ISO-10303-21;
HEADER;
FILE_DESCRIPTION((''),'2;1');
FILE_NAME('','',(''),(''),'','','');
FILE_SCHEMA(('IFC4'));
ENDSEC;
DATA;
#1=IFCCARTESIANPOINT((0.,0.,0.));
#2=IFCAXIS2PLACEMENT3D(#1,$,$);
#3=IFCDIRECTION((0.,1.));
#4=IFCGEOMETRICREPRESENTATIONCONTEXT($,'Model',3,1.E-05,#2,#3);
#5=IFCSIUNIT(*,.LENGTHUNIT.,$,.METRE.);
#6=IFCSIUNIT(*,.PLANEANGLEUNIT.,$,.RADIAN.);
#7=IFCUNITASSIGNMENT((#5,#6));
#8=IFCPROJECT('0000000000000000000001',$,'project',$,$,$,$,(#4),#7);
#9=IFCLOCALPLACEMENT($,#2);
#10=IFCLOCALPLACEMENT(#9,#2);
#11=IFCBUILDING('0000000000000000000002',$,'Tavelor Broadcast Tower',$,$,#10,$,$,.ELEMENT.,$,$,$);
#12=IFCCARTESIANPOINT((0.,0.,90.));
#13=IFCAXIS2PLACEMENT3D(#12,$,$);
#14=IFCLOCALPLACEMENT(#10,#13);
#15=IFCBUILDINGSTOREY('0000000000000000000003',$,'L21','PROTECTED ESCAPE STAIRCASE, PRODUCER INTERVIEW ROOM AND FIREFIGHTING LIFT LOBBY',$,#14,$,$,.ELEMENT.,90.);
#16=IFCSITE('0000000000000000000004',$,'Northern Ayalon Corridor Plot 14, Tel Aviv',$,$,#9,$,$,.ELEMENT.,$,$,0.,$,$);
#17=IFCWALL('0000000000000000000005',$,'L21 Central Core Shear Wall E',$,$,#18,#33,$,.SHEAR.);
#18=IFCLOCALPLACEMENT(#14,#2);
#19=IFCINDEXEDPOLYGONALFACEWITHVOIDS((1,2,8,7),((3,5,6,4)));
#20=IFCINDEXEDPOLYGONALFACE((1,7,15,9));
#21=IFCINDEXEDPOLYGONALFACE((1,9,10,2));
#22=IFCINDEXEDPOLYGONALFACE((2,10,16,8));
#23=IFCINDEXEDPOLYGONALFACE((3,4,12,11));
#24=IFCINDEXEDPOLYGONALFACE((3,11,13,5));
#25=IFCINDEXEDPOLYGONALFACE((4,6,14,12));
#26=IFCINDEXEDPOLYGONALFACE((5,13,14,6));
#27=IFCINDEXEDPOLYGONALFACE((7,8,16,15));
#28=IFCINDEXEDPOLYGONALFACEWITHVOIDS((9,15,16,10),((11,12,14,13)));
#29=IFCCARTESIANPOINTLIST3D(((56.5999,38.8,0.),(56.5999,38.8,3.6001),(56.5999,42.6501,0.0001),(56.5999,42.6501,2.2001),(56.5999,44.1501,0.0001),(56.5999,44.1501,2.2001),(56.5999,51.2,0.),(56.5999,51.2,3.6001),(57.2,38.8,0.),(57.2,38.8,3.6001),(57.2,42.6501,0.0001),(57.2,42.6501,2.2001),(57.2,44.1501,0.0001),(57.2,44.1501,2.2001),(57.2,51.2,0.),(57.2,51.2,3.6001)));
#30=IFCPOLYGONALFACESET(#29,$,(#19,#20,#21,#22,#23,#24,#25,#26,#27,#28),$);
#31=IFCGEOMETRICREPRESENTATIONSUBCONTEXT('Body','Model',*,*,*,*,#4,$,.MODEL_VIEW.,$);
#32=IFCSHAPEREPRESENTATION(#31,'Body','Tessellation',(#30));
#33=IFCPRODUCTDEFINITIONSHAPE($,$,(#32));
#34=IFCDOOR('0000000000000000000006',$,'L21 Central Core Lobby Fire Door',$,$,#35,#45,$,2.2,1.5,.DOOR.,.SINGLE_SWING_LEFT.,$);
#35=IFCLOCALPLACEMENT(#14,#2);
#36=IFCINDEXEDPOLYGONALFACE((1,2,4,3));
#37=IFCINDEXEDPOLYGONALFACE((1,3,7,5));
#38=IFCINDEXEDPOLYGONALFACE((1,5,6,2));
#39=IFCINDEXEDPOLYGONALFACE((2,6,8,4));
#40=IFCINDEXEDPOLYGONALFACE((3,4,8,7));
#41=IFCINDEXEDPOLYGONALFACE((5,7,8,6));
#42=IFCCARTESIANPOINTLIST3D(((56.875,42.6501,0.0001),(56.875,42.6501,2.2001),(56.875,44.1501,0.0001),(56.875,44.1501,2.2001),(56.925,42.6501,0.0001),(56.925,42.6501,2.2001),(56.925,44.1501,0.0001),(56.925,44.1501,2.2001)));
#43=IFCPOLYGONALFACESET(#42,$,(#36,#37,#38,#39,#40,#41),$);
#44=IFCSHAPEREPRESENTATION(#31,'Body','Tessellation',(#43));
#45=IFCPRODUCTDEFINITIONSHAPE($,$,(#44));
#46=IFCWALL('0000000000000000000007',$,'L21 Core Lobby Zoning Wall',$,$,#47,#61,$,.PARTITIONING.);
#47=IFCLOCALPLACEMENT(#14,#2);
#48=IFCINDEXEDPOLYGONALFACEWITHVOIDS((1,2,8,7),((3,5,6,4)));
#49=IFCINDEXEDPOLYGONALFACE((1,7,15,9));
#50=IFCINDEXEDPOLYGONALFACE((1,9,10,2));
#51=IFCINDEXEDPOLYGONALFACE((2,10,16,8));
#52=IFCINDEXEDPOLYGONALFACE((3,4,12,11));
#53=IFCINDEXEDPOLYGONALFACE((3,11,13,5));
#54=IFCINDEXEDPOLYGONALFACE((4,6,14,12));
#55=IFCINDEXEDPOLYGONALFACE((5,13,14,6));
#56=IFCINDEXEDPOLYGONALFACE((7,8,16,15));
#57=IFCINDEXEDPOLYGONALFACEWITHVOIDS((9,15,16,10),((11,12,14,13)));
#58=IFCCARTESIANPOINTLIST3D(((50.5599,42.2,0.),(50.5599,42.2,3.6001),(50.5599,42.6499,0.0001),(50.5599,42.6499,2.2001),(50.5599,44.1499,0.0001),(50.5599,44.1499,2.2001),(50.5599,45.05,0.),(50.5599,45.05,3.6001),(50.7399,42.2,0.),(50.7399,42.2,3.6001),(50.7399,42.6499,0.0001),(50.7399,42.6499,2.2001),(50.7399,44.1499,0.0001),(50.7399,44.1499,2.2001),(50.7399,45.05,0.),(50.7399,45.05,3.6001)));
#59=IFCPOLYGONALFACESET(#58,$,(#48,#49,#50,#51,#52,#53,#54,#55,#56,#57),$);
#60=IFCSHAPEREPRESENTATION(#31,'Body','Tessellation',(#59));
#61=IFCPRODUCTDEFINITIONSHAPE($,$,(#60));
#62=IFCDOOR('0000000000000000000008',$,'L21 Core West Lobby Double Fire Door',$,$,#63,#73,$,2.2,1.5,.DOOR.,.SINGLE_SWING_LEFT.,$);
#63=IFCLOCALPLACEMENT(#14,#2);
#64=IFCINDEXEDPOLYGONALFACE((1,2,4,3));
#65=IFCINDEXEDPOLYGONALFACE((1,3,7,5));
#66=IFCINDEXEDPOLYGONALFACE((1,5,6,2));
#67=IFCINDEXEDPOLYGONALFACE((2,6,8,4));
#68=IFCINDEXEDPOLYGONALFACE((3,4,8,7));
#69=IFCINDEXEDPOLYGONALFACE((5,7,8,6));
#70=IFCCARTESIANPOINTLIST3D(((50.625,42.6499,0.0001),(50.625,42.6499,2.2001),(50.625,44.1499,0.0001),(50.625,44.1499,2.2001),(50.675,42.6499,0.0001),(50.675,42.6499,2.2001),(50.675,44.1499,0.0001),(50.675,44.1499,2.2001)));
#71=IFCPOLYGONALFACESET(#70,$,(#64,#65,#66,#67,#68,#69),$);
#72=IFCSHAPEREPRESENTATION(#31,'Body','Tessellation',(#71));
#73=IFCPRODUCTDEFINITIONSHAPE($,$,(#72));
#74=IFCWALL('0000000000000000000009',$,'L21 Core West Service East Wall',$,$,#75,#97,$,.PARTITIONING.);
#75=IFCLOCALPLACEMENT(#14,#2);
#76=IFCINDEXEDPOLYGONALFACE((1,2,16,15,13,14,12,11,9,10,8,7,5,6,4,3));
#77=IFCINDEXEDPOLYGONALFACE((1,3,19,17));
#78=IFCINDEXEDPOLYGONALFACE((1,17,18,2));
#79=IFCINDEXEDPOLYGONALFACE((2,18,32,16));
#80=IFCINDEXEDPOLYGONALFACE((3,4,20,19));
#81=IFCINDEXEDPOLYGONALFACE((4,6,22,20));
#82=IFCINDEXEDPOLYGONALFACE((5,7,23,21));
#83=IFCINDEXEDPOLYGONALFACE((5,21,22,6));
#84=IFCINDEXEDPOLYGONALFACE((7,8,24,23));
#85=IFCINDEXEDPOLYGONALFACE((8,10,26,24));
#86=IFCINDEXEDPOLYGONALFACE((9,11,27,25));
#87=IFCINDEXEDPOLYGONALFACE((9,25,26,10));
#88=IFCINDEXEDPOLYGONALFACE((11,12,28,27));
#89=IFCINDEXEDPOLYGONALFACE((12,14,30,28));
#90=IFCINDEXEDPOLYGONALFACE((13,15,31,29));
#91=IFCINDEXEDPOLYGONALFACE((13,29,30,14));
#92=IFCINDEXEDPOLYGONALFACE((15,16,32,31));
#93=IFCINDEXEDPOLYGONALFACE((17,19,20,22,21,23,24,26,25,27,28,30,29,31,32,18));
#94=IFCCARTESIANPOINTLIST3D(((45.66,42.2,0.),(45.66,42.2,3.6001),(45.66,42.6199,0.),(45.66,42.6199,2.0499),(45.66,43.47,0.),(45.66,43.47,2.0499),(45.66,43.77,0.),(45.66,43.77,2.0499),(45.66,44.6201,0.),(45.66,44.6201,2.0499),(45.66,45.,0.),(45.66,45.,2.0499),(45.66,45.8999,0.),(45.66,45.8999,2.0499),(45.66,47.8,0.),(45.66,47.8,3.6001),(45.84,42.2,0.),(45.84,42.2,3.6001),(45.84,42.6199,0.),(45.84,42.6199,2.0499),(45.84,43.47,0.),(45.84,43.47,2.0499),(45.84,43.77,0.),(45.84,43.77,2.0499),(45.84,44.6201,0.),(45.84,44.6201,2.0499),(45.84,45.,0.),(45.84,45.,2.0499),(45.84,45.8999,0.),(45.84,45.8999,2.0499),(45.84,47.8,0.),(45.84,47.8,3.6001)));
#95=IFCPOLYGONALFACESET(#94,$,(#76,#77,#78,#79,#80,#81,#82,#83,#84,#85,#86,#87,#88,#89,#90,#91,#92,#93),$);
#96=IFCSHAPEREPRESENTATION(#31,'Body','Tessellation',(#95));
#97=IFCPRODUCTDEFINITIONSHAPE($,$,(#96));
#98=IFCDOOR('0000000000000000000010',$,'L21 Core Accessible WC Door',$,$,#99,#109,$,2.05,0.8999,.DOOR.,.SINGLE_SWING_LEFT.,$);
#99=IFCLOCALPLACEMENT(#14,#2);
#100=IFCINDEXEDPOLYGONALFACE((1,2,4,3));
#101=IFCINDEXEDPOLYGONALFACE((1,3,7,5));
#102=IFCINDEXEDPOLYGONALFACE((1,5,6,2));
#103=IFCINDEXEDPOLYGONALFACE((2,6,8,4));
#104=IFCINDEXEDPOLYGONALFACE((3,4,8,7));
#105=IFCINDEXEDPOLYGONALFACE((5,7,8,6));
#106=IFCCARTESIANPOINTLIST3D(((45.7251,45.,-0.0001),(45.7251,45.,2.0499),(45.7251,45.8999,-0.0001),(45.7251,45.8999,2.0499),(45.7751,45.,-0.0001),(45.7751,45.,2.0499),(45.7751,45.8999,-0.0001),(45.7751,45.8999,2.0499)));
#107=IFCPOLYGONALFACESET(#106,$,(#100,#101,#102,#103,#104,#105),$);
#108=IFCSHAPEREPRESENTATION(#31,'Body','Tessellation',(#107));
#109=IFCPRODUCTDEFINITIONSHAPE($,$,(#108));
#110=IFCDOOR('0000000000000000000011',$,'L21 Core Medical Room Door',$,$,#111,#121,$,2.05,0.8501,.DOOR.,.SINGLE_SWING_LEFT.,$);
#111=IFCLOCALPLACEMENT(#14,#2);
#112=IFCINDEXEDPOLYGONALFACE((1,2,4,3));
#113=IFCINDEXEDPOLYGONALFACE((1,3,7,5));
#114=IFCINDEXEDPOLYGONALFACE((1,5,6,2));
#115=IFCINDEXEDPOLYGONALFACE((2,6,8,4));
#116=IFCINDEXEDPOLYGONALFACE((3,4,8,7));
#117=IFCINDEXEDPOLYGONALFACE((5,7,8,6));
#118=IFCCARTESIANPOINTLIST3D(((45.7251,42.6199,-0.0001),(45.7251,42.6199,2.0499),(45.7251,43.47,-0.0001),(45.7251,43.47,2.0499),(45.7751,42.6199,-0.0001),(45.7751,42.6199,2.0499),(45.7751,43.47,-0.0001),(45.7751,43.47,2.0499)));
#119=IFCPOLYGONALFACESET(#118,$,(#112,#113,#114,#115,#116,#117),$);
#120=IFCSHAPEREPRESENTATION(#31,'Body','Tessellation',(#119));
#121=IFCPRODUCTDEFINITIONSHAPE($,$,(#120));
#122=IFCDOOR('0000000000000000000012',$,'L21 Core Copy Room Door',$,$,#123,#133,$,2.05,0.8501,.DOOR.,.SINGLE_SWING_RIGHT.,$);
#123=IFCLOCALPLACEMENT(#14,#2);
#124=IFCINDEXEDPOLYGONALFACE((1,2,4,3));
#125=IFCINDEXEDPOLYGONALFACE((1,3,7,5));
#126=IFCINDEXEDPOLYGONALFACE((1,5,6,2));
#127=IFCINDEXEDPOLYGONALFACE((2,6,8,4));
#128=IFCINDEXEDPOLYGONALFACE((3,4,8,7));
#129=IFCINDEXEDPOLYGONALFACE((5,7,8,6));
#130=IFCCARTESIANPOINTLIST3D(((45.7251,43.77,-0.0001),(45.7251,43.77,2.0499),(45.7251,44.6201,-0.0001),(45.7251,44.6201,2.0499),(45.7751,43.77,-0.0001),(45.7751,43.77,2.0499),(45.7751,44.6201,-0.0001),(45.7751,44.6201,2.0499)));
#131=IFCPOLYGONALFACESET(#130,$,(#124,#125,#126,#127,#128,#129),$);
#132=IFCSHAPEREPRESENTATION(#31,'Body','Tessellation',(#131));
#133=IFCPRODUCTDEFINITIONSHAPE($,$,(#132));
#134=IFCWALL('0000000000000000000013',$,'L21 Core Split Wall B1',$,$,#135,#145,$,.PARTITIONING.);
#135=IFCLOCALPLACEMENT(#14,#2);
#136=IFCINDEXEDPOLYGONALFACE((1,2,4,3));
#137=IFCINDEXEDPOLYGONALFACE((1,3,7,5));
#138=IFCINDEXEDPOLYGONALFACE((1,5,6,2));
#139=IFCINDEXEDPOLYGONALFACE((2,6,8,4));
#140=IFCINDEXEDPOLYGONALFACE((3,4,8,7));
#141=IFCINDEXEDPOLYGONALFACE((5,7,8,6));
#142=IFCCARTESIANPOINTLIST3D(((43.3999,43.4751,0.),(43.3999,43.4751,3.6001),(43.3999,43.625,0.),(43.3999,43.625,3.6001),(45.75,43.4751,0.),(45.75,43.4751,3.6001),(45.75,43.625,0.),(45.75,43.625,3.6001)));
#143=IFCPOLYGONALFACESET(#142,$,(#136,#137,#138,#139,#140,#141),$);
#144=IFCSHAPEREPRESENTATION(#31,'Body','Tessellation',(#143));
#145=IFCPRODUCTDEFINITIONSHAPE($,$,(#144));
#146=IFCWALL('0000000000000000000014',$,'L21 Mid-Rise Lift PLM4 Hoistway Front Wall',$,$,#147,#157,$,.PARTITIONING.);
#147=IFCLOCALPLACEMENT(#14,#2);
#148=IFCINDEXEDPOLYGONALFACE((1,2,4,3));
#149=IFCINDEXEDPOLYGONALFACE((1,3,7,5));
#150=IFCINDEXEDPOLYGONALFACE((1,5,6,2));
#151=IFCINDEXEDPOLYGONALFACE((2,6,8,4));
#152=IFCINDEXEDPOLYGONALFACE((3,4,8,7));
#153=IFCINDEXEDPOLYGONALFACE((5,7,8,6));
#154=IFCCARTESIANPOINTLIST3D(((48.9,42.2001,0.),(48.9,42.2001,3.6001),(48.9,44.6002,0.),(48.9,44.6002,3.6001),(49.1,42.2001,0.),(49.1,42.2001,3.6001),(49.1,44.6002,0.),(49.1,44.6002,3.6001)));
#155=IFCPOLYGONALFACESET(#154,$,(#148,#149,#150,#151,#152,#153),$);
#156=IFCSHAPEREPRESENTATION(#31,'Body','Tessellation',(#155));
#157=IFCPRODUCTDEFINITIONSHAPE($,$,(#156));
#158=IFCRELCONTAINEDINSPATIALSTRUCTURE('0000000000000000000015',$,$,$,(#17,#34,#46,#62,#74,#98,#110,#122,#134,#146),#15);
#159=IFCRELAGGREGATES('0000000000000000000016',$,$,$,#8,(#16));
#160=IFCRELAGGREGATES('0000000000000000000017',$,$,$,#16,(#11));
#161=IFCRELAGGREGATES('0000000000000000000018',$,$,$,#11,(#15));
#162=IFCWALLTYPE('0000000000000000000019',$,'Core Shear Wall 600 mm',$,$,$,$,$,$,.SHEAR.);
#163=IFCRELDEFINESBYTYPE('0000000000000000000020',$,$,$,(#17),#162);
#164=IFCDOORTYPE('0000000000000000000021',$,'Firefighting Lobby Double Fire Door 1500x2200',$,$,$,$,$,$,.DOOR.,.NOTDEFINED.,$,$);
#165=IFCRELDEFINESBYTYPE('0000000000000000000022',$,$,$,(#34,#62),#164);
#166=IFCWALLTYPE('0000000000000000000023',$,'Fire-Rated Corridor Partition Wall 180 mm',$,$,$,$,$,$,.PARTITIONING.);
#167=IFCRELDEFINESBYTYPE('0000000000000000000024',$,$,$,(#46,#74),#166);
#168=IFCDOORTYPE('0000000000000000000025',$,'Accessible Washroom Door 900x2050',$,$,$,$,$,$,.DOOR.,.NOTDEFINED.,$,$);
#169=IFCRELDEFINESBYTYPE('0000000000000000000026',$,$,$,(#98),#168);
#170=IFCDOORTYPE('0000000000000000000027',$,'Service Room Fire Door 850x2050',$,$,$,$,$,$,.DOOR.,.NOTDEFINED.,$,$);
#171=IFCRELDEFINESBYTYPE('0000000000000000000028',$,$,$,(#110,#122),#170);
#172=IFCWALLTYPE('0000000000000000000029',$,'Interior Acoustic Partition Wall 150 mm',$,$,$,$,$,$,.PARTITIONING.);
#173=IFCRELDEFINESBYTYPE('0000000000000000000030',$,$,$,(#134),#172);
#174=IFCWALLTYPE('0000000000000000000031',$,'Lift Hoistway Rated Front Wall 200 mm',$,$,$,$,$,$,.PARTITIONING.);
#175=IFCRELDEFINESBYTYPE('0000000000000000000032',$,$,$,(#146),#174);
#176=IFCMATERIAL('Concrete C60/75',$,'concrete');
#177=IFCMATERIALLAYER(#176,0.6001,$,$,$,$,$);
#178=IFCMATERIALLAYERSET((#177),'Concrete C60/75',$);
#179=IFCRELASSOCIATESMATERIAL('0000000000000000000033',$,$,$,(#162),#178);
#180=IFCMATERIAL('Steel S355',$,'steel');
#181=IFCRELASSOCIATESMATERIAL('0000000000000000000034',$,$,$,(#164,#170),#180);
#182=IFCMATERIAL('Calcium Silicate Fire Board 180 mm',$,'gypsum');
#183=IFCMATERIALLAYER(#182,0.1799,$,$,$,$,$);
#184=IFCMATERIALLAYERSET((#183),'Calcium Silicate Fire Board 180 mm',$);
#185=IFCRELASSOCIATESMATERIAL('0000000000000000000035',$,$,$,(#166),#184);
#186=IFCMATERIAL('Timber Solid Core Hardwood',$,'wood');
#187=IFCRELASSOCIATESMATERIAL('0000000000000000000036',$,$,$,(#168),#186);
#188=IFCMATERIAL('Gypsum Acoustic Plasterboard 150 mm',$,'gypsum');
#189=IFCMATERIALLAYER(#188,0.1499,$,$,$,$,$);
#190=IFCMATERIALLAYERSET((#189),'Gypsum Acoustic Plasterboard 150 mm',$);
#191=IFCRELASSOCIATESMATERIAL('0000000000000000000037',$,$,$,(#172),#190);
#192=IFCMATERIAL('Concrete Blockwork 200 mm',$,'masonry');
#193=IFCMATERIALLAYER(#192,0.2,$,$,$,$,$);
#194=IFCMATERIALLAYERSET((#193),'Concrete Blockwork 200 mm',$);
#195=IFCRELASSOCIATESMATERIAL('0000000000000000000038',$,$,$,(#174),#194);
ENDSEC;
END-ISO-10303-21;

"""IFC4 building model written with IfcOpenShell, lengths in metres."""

from ifc_helpers import new_model, si_unit, direction, frame, frame_2d, origin, place, context, subcontext, project, spatial, rectangle, extrude, material, layer, layer_set, type_object, element, fill, save


model = new_model("IFC4")

# Units and contexts
model_context = context("Model", 3, precision=1e-05, world=origin(), true_north=direction((0.0, 1.0)))
body_context = subcontext(model_context, "Body", "Model", "MODEL_VIEW")
ifc_project = project(units=[si_unit("LENGTHUNIT", "METRE"), si_unit("PLANEANGLEUNIT", "RADIAN")], contexts=[model_context])

# Site, building, storey
site_placement = place(None, origin())
site = spatial("IfcSite", under=ifc_project, at=site_placement, Name="Northern Ayalon Corridor Plot 14, Tel Aviv", CompositionType="ELEMENT", RefElevation=0.0)
building_placement = place(site_placement, origin())
building = spatial("IfcBuilding", under=site, at=building_placement, Name="Tavelor Broadcast Tower", CompositionType="ELEMENT")
storey_placement = place(building_placement, frame((0.0, 0.0, 90.0)))
storey = spatial("IfcBuildingStorey", under=building, at=storey_placement, Name="L21", Description="PROTECTED ESCAPE STAIRCASE, PRODUCER INTERVIEW ROOM AND FIREFIGHTING LIFT LOBBY", CompositionType="ELEMENT", Elevation=90.0)

# Shared definitions
ifc_material_1 = material(Name="Concrete C60/75", Category="concrete")

# Shared definitions
ifc_material_2 = material(Name="Steel S355", Category="steel")

# Walls, openings, doors
ifc_layer_1 = layer(ifc_material_1, 0.6001)
ifc_layer_set_1 = layer_set([ifc_layer_1], Name="Concrete C60/75")
wall_type_1 = type_object("IfcWallType", Name="Core Shear Wall 600 mm", PredefinedType="SHEAR", material=ifc_layer_set_1)
wall_1_placement = place(storey_placement, frame((56.8999, 38.8, 0.0), z_axis=(0.0, 0.0, 1.0), x_axis=(0.0, 1.0, 0.0)))
wall_1 = element("IfcWall", 1, at=wall_1_placement, inside=storey, type_object=wall_type_1, Name="L21 Central Core Shear Wall E", PredefinedType="SHEAR", context=body_context, shape_type="SweptSolid", body=[
    extrude(rectangle(XDim=12.3999, YDim=0.6001, at=frame_2d((6.2, 0.0))), origin(), (0.0, 0.0, 1.0), 3.6001),
])
opening_1_placement = place(wall_1_placement, frame((3.8501, 0.0, 0.0)))
opening_1 = element("IfcOpeningElement", 2, at=opening_1_placement, cuts=wall_1, PredefinedType="OPENING", context=body_context, shape_type="SweptSolid", body=[
    extrude(rectangle(XDim=1.5, YDim=2.2, at=frame_2d((0.75, 1.1001))), frame((0.0, 0.3101, 0.0), z_axis=(0.0, -1.0, 0.0), x_axis=(1.0, 0.0, 0.0)), (0.0, 0.0, 1.0), 0.6201),
])
door_type_1 = type_object("IfcDoorType", Name="Firefighting Lobby Double Fire Door 1500x2200", OperationType="NOTDEFINED", PredefinedType="DOOR", material=ifc_material_2)
door_1_placement = place(opening_1_placement, origin())
door_1 = element("IfcDoor", 3, at=door_1_placement, inside=storey, type_object=door_type_1, Name="L21 Central Core Lobby Fire Door", OperationType="SINGLE_SWING_LEFT", OverallHeight=2.2, OverallWidth=1.5, PredefinedType="DOOR", context=body_context, shape_type="SweptSolid", body=[
    extrude(rectangle(XDim=1.5, YDim=2.2, at=frame_2d((0.75, 1.1001))), frame((0.0, 0.0249, 0.0), z_axis=(0.0, -1.0, 0.0), x_axis=(1.0, 0.0, 0.0)), (0.0, 0.0, 1.0), 0.05),
])
fill(opening_1, door_1)
ifc_material_3 = material(Name="Calcium Silicate Fire Board 180 mm", Category="gypsum")
ifc_layer_2 = layer(ifc_material_3, 0.1799)
ifc_layer_set_2 = layer_set([ifc_layer_2], Name="Calcium Silicate Fire Board 180 mm")
wall_type_2 = type_object("IfcWallType", Name="Fire-Rated Corridor Partition Wall 180 mm", PredefinedType="PARTITIONING", material=ifc_layer_set_2)
wall_2_placement = place(storey_placement, frame((50.6499, 42.2, 0.0), z_axis=(0.0, 0.0, 1.0), x_axis=(0.0, 1.0, 0.0)))
wall_2 = element("IfcWall", 4, at=wall_2_placement, inside=storey, type_object=wall_type_2, Name="L21 Core Lobby Zoning Wall", PredefinedType="PARTITIONING", context=body_context, shape_type="SweptSolid", body=[
    extrude(rectangle(XDim=2.8501, YDim=0.1799, at=frame_2d((1.425, 0.0))), origin(), (0.0, 0.0, 1.0), 3.6001),
])
opening_2_placement = place(wall_2_placement, frame((0.45, 0.0, 0.0)))
opening_2 = element("IfcOpeningElement", 5, at=opening_2_placement, cuts=wall_2, PredefinedType="OPENING", context=body_context, shape_type="SweptSolid", body=[
    extrude(rectangle(XDim=1.5, YDim=2.2, at=frame_2d((0.75, 1.1001))), frame((0.0, 0.1001, 0.0), z_axis=(0.0, -1.0, 0.0), x_axis=(1.0, 0.0, 0.0)), (0.0, 0.0, 1.0), 0.2),
])
door_2_placement = place(opening_2_placement, origin())
door_2 = element("IfcDoor", 6, at=door_2_placement, inside=storey, type_object=door_type_1, Name="L21 Core West Lobby Double Fire Door", OperationType="SINGLE_SWING_LEFT", OverallHeight=2.2, OverallWidth=1.5, PredefinedType="DOOR", context=body_context, shape_type="SweptSolid", body=[
    extrude(rectangle(XDim=1.5, YDim=2.2, at=frame_2d((0.75, 1.1001))), frame((0.0, 0.0249, 0.0), z_axis=(0.0, -1.0, 0.0), x_axis=(1.0, 0.0, 0.0)), (0.0, 0.0, 1.0), 0.05),
])
fill(opening_2, door_2)

# Wall, openings, doors
wall_3_placement = place(storey_placement, frame((45.75, 42.2, 0.0), z_axis=(0.0, 0.0, 1.0), x_axis=(0.0, 1.0, 0.0)))
wall_3 = element("IfcWall", 7, at=wall_3_placement, inside=storey, type_object=wall_type_2, Name="L21 Core West Service East Wall", PredefinedType="PARTITIONING", context=body_context, shape_type="SweptSolid", body=[
    extrude(rectangle(XDim=5.6001, YDim=0.1799, at=frame_2d((2.8, 0.0))), origin(), (0.0, 0.0, 1.0), 3.6001),
])
opening_3_placement = place(wall_3_placement, frame((0.4199, 0.0, 0.0)))
opening_3 = element("IfcOpeningElement", 8, at=opening_3_placement, cuts=wall_3, PredefinedType="OPENING", context=body_context, shape_type="SweptSolid", body=[
    extrude(rectangle(XDim=0.8501, YDim=2.05, at=frame_2d((0.425, 1.0249))), frame((0.0, 0.1001, 0.0), z_axis=(0.0, -1.0, 0.0), x_axis=(1.0, 0.0, 0.0)), (0.0, 0.0, 1.0), 0.2),
])
opening_4_placement = place(wall_3_placement, frame((1.5701, 0.0, 0.0)))
opening_4 = element("IfcOpeningElement", 9, at=opening_4_placement, cuts=wall_3, PredefinedType="OPENING", context=body_context, shape_type="SweptSolid", body=[
    extrude(rectangle(XDim=0.8501, YDim=2.05, at=frame_2d((0.425, 1.0249))), frame((0.0, 0.1001, 0.0), z_axis=(0.0, -1.0, 0.0), x_axis=(1.0, 0.0, 0.0)), (0.0, 0.0, 1.0), 0.2),
])
opening_5_placement = place(wall_3_placement, frame((2.8, 0.0, 0.0)))
opening_5 = element("IfcOpeningElement", 10, at=opening_5_placement, cuts=wall_3, PredefinedType="OPENING", context=body_context, shape_type="SweptSolid", body=[
    extrude(rectangle(XDim=0.8999, YDim=2.05, at=frame_2d((0.45, 1.0249))), frame((0.0, 0.1001, 0.0), z_axis=(0.0, -1.0, 0.0), x_axis=(1.0, 0.0, 0.0)), (0.0, 0.0, 1.0), 0.2),
])
ifc_material_4 = material(Name="Timber Solid Core Hardwood", Category="wood")
door_type_2 = type_object("IfcDoorType", Name="Accessible Washroom Door 900x2050", OperationType="NOTDEFINED", PredefinedType="DOOR", material=ifc_material_4)
door_3_placement = place(opening_5_placement, origin())
door_3 = element("IfcDoor", 11, at=door_3_placement, inside=storey, type_object=door_type_2, Name="L21 Core Accessible WC Door", OperationType="SINGLE_SWING_LEFT", OverallHeight=2.05, OverallWidth=0.8999, PredefinedType="DOOR", context=body_context, shape_type="SweptSolid", body=[
    extrude(rectangle(XDim=0.8999, YDim=2.05, at=frame_2d((0.45, 1.0249))), frame((0.0, 0.0249, 0.0), z_axis=(0.0, -1.0, 0.0), x_axis=(1.0, 0.0, 0.0)), (0.0, 0.0, 1.0), 0.05),
])
fill(opening_5, door_3)
door_type_3 = type_object("IfcDoorType", Name="Service Room Fire Door 850x2050", OperationType="NOTDEFINED", PredefinedType="DOOR", material=ifc_material_2)
door_4_placement = place(opening_3_placement, origin())
door_4 = element("IfcDoor", 12, at=door_4_placement, inside=storey, type_object=door_type_3, Name="L21 Core Medical Room Door", OperationType="SINGLE_SWING_LEFT", OverallHeight=2.05, OverallWidth=0.8501, PredefinedType="DOOR", context=body_context, shape_type="SweptSolid", body=[
    extrude(rectangle(XDim=0.8501, YDim=2.05, at=frame_2d((0.425, 1.0249))), frame((0.0, 0.0249, 0.0), z_axis=(0.0, -1.0, 0.0), x_axis=(1.0, 0.0, 0.0)), (0.0, 0.0, 1.0), 0.05),
])
fill(opening_3, door_4)
door_5_placement = place(opening_4_placement, origin())
door_5 = element("IfcDoor", 13, at=door_5_placement, inside=storey, type_object=door_type_3, Name="L21 Core Copy Room Door", OperationType="SINGLE_SWING_RIGHT", OverallHeight=2.05, OverallWidth=0.8501, PredefinedType="DOOR", context=body_context, shape_type="SweptSolid", body=[
    extrude(rectangle(XDim=0.8501, YDim=2.05, at=frame_2d((0.425, 1.0249))), frame((0.0, 0.0249, 0.0), z_axis=(0.0, -1.0, 0.0), x_axis=(1.0, 0.0, 0.0)), (0.0, 0.0, 1.0), 0.05),
])
fill(opening_4, door_5)

# Walls
ifc_material_5 = material(Name="Gypsum Acoustic Plasterboard 150 mm", Category="gypsum")
ifc_layer_3 = layer(ifc_material_5, 0.1499)
ifc_layer_set_3 = layer_set([ifc_layer_3], Name="Gypsum Acoustic Plasterboard 150 mm")
wall_type_3 = type_object("IfcWallType", Name="Interior Acoustic Partition Wall 150 mm", PredefinedType="PARTITIONING", material=ifc_layer_set_3)
wall_4_placement = place(storey_placement, frame((43.3999, 43.55, 0.0), z_axis=(0.0, 0.0, 1.0), x_axis=(1.0, 0.0, 0.0)))
element("IfcWall", 14, at=wall_4_placement, inside=storey, type_object=wall_type_3, Name="L21 Core Split Wall B1", PredefinedType="PARTITIONING", context=body_context, shape_type="SweptSolid", body=[
    extrude(rectangle(XDim=2.3501, YDim=0.1499, at=frame_2d((1.175, 0.0))), origin(), (0.0, 0.0, 1.0), 3.6001),
])
ifc_material_6 = material(Name="Concrete Blockwork 200 mm", Category="masonry")
ifc_layer_4 = layer(ifc_material_6, 0.2)
ifc_layer_set_4 = layer_set([ifc_layer_4], Name="Concrete Blockwork 200 mm")
wall_type_4 = type_object("IfcWallType", Name="Lift Hoistway Rated Front Wall 200 mm", PredefinedType="PARTITIONING", material=ifc_layer_set_4)
wall_5_placement = place(storey_placement, frame((49.0, 42.2, 0.0), z_axis=(0.0, 0.0, 1.0), x_axis=(0.0, 1.0, 0.0)))
element("IfcWall", 15, at=wall_5_placement, inside=storey, type_object=wall_type_4, Name="L21 Mid-Rise Lift PLM4 Hoistway Front Wall", PredefinedType="PARTITIONING", context=body_context, shape_type="SweptSolid", body=[
    extrude(rectangle(XDim=2.4001, YDim=0.2, at=frame_2d((1.2002, 0.0))), origin(), (0.0, 0.0, 1.0), 3.6001),
])

save(model, "model.ifc")
